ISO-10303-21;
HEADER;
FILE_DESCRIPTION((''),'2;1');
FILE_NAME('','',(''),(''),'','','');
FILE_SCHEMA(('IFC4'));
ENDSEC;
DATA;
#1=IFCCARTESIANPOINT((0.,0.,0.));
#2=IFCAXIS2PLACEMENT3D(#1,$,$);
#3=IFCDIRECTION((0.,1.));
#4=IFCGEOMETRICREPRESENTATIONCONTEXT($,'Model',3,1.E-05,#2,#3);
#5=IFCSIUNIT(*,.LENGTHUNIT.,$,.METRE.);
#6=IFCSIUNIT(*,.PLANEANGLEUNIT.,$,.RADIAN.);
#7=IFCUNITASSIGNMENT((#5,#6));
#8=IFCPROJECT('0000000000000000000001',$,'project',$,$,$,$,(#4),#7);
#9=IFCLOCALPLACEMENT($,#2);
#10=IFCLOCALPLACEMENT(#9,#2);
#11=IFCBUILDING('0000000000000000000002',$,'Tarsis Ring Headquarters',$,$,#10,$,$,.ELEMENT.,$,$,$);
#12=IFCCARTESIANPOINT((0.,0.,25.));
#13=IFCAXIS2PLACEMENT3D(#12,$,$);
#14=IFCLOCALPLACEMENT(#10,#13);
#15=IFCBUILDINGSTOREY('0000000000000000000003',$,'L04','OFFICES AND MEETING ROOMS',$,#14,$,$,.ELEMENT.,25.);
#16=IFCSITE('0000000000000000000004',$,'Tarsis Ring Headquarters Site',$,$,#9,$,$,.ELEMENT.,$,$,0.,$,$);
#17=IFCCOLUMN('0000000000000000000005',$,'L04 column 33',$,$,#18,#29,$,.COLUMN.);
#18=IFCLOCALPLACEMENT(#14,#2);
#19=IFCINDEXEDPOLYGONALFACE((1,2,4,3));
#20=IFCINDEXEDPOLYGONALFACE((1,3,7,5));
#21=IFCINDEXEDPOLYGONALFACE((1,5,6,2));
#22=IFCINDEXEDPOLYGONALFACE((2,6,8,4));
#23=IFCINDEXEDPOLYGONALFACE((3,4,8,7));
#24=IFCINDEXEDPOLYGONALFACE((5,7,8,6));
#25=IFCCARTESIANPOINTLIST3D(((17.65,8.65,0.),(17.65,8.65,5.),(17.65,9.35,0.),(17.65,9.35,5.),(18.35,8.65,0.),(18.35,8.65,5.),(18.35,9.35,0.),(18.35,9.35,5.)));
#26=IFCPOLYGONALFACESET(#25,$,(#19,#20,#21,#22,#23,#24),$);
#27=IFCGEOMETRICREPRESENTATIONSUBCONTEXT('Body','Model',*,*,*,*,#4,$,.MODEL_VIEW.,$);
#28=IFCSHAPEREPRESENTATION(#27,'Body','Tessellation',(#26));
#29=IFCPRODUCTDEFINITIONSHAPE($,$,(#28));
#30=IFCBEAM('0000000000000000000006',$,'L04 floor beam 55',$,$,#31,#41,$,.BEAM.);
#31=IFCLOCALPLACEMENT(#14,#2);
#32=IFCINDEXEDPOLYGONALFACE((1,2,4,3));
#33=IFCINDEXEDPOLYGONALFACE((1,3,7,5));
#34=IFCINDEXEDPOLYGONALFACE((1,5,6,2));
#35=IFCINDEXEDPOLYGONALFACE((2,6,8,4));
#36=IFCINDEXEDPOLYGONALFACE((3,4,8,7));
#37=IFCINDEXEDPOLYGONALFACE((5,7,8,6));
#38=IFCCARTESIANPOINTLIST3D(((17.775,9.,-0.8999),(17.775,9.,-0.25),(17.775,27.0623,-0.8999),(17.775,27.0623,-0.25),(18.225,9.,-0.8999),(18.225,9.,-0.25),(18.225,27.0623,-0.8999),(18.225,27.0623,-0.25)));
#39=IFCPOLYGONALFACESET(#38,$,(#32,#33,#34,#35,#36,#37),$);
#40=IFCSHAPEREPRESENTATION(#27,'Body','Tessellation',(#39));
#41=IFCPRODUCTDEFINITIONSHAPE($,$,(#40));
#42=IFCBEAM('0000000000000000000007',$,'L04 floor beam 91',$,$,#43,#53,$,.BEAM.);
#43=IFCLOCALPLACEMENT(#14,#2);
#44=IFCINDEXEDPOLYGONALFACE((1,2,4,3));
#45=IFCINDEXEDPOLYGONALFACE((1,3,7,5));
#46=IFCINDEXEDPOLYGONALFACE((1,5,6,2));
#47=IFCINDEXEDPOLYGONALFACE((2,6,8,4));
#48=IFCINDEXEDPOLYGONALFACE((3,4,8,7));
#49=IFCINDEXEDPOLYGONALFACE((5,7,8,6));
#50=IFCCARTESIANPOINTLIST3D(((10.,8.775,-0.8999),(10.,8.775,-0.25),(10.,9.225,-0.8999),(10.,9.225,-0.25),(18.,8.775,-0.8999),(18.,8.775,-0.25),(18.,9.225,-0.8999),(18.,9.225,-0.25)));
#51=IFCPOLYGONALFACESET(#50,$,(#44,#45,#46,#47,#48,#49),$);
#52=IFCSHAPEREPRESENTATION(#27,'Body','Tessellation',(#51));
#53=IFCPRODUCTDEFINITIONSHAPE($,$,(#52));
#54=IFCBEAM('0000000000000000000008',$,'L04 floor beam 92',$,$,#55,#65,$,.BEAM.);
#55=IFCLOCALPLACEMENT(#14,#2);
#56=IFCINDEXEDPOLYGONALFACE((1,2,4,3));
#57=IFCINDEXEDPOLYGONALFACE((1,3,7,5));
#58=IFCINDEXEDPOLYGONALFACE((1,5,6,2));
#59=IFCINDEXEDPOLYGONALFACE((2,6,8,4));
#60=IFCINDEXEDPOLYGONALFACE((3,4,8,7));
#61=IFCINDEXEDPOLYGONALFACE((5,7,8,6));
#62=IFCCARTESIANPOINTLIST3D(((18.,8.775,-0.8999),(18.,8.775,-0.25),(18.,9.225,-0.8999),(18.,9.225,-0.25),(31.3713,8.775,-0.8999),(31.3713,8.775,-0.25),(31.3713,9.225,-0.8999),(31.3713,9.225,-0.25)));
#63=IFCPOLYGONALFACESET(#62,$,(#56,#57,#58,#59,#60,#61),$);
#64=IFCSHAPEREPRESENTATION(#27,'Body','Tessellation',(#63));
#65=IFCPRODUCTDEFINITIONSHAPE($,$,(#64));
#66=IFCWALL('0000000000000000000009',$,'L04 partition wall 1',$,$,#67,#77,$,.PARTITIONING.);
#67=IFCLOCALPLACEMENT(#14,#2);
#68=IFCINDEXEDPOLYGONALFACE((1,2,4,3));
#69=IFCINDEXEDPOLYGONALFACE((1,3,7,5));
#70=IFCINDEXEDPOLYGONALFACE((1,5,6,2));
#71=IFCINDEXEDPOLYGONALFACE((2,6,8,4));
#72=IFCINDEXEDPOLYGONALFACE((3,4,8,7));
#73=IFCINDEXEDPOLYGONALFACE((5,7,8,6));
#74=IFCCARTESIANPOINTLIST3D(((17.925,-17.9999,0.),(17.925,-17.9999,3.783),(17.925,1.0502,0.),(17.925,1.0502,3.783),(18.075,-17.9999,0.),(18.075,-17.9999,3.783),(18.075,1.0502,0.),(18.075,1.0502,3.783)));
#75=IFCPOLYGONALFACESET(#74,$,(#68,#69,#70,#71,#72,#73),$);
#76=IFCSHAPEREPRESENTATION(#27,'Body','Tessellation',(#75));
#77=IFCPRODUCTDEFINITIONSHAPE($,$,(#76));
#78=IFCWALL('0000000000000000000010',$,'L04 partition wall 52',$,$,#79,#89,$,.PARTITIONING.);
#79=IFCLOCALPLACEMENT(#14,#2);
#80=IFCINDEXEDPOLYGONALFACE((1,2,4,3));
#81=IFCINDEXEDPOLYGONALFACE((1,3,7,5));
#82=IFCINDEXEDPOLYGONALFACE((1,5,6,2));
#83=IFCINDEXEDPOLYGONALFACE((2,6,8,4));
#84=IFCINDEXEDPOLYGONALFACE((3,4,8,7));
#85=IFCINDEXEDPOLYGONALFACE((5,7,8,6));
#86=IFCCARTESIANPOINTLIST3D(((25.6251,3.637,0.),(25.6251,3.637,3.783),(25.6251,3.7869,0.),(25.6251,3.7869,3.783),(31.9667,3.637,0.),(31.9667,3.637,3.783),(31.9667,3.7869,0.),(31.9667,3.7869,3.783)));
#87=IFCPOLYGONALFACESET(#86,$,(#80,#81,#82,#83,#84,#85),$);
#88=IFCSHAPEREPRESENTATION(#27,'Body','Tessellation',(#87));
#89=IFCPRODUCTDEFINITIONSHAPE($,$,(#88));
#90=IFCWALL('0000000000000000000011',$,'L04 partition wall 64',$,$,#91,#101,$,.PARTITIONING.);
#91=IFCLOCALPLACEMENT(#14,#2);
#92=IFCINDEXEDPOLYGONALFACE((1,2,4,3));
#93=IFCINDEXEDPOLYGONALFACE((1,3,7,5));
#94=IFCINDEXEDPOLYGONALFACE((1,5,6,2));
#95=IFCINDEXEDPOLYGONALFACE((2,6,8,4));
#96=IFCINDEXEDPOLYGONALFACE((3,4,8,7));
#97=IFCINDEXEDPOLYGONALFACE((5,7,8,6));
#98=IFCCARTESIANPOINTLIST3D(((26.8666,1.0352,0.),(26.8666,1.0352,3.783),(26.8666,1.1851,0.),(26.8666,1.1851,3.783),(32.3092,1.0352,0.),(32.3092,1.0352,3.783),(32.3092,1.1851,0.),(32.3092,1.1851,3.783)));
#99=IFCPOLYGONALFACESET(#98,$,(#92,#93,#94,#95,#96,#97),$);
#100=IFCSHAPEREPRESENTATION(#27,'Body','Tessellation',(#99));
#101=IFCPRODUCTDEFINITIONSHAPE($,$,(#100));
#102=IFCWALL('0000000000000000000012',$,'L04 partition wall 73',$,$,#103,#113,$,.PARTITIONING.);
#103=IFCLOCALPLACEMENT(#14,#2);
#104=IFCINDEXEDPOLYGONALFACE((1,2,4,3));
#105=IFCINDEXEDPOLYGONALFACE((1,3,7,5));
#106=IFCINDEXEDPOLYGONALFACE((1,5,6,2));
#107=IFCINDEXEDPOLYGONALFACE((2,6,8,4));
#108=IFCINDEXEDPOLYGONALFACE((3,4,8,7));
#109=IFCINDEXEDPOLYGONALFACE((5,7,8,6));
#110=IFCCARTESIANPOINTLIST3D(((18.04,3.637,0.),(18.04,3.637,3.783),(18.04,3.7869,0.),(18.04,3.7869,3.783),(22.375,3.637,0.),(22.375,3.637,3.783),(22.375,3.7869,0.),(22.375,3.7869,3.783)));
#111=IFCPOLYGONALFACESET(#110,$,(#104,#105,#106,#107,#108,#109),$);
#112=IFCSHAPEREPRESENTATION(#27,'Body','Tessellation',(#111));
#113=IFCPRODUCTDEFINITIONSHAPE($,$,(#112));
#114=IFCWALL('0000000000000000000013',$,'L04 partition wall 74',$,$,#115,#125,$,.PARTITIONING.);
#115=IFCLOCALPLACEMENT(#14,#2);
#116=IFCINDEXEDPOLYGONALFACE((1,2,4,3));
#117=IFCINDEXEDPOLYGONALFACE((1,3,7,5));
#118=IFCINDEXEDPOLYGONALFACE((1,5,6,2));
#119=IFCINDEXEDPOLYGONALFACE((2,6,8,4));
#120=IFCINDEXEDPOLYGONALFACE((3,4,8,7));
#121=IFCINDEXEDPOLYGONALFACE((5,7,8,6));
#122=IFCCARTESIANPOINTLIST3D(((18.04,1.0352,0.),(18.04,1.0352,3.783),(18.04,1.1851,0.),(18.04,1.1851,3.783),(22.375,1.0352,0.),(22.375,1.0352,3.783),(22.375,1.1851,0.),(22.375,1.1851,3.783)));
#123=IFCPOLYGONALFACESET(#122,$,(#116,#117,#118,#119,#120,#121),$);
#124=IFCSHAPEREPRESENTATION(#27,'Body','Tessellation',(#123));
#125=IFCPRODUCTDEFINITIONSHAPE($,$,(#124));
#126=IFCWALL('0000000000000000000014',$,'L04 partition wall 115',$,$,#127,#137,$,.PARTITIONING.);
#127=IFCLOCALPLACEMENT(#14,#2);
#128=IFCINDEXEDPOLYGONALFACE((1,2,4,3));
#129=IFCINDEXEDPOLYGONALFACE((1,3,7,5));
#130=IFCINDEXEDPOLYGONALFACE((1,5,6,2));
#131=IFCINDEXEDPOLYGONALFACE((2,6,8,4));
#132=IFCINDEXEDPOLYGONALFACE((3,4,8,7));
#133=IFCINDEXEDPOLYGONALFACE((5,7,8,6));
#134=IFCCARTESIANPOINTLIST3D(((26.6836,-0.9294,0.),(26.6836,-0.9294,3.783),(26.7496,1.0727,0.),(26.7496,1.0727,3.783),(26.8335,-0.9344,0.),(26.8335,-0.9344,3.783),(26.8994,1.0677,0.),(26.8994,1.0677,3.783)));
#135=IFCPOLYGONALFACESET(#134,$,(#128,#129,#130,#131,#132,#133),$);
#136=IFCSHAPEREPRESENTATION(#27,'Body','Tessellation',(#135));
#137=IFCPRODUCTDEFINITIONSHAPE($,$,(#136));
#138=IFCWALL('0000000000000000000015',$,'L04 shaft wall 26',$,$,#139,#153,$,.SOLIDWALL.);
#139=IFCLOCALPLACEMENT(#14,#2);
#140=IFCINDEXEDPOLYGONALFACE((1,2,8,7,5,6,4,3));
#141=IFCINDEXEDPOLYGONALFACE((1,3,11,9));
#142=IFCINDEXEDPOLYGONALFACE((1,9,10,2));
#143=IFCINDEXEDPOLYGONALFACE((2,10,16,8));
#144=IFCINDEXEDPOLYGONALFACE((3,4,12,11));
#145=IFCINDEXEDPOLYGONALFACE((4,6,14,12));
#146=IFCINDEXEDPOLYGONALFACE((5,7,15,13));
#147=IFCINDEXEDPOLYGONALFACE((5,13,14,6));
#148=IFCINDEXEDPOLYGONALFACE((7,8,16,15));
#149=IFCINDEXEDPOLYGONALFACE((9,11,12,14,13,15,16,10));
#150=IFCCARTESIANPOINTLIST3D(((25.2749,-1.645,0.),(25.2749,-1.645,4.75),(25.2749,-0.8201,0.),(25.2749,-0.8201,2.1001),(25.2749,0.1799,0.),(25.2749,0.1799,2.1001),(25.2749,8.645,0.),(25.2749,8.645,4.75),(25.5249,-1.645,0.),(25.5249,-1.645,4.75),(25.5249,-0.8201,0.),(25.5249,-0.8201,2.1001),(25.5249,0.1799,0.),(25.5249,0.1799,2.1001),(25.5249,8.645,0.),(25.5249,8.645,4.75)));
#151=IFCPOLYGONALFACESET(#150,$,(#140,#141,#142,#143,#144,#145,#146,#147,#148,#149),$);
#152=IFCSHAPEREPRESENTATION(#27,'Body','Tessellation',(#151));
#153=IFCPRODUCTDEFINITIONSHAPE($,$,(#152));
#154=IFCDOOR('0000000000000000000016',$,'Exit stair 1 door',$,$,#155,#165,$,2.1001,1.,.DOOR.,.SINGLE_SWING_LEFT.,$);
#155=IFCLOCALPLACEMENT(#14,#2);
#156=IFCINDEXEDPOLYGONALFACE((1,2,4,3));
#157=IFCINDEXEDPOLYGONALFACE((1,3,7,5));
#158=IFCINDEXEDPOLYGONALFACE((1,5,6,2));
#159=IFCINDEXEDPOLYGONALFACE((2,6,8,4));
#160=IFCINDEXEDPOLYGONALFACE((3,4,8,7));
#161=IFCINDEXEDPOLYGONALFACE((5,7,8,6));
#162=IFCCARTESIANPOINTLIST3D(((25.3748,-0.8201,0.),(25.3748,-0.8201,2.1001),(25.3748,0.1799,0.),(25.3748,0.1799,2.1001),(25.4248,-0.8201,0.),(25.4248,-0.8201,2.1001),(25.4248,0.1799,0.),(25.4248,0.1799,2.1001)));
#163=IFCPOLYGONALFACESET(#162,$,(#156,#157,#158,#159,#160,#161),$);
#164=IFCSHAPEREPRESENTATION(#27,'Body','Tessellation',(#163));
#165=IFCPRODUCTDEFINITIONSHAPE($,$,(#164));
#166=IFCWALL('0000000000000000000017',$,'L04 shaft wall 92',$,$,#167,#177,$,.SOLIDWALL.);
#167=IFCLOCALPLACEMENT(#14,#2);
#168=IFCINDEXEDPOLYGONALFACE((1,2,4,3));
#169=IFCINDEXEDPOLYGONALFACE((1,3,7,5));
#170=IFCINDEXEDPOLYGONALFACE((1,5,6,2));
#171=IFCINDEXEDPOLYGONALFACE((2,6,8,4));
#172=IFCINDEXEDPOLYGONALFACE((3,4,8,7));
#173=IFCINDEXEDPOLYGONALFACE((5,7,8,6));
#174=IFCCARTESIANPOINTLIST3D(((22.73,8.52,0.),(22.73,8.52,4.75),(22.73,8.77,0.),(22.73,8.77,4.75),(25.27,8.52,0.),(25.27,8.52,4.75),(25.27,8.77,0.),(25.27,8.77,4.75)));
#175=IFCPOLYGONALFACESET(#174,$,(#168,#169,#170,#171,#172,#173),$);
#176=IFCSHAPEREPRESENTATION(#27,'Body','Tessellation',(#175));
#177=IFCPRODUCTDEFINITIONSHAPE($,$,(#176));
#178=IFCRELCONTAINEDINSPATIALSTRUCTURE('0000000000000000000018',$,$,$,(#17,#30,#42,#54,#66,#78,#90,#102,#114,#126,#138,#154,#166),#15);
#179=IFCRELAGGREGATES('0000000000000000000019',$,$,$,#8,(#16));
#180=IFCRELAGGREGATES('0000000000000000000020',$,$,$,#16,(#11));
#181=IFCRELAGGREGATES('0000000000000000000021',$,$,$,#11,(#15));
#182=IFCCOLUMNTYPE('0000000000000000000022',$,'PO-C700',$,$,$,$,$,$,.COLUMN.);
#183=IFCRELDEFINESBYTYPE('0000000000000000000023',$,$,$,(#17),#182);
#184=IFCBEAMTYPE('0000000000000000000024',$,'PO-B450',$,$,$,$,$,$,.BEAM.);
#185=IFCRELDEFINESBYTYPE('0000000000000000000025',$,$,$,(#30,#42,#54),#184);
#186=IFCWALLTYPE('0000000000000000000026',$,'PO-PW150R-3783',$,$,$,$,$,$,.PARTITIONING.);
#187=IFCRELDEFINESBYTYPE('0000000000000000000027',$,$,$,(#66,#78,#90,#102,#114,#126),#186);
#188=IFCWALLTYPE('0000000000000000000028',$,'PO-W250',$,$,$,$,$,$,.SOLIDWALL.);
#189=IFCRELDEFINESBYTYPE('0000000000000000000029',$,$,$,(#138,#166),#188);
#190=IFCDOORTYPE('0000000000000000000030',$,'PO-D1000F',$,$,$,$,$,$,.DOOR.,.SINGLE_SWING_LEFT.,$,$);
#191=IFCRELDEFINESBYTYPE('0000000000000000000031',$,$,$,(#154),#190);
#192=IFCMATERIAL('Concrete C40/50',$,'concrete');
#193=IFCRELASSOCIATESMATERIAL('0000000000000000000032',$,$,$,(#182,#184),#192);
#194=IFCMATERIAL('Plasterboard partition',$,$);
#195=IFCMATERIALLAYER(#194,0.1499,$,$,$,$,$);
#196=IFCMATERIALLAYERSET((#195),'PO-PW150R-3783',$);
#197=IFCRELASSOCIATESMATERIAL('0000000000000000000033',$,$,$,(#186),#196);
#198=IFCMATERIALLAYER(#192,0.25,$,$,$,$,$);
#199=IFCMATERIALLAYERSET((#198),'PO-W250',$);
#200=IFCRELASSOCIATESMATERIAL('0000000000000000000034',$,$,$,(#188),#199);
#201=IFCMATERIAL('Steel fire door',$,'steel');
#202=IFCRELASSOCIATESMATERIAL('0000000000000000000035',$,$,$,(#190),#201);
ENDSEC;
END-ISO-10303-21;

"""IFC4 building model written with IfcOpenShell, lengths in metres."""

from ifc_helpers import new_model, si_unit, direction, frame, frame_2d, origin, origin_2d, place, context, subcontext, project, spatial, rectangle, extrude, material, layer, layer_set, material_profile, profile_set, type_object, element, fill, save


model = new_model("IFC4")

# Units and contexts
model_context = context("Model", 3, precision=1e-05, world=origin(), true_north=direction((0.0, 1.0)))
body_context = subcontext(model_context, "Body", "Model", "MODEL_VIEW")
ifc_project = project(units=[si_unit("LENGTHUNIT", "METRE"), si_unit("PLANEANGLEUNIT", "RADIAN")], contexts=[model_context])

# Site, building, storey
site_placement = place(None, origin())
site = spatial("IfcSite", under=ifc_project, at=site_placement, Name="Tarsis Ring Headquarters Site", CompositionType="ELEMENT", RefElevation=0.0)
building_placement = place(site_placement, origin())
building = spatial("IfcBuilding", under=site, at=building_placement, Name="Tarsis Ring Headquarters", CompositionType="ELEMENT")
storey_placement = place(building_placement, frame((0.0, 0.0, 25.0)))
storey = spatial("IfcBuildingStorey", under=building, at=storey_placement, Name="L04", Description="OFFICES AND MEETING ROOMS", CompositionType="ELEMENT", Elevation=25.0)

# Column
ifc_material_1 = material(Name="Concrete C40/50", Category="concrete")
ifc_material_profile_1 = material_profile(ifc_material_1, rectangle(XDim=0.7, YDim=0.7, at=origin_2d()), Name="PO-C700")
ifc_profile_set_1 = profile_set([ifc_material_profile_1], Name="Concrete C40/50")
column_type = type_object("IfcColumnType", Name="PO-C700", PredefinedType="COLUMN", material=ifc_profile_set_1)
column_placement = place(storey_placement, frame((18.0, 9.0, 0.0), z_axis=(0.0, 0.0, 1.0), x_axis=(1.0, 0.0, 0.0)))
element("IfcColumn", 1, at=column_placement, inside=storey, type_object=column_type, Name="L04 column 33", PredefinedType="COLUMN", context=body_context, shape_type="SweptSolid", body=[
    extrude(rectangle(XDim=0.7, YDim=0.7, at=origin_2d()), origin(), (0.0, 0.0, 1.0), 5.0),
])

# Beams
ifc_material_profile_2 = material_profile(ifc_material_1, rectangle(XDim=0.45, YDim=0.6499, at=origin_2d()), Name="PO-B450")
ifc_profile_set_2 = profile_set([ifc_material_profile_2], Name="Concrete C40/50")
beam_type = type_object("IfcBeamType", Name="PO-B450", PredefinedType="BEAM", material=ifc_profile_set_2)
beam_1_placement = place(storey_placement, frame((18.0, 9.0, -0.575), z_axis=(0.0, 1.0, 0.0), x_axis=(-1.0, 0.0, 0.0)))
element("IfcBeam", 2, at=beam_1_placement, inside=storey, type_object=beam_type, Name="L04 floor beam 55", PredefinedType="BEAM", context=body_context, shape_type="SweptSolid", body=[
    extrude(rectangle(XDim=0.45, YDim=0.6499, at=origin_2d()), origin(), (0.0, 0.0, 1.0), 18.0623),
])
beam_2_placement = place(storey_placement, frame((10.0, 9.0, -0.575), z_axis=(1.0, 0.0, 0.0), x_axis=(0.0, 1.0, 0.0)))
element("IfcBeam", 3, at=beam_2_placement, inside=storey, type_object=beam_type, Name="L04 floor beam 91", PredefinedType="BEAM", context=body_context, shape_type="SweptSolid", body=[
    extrude(rectangle(XDim=0.45, YDim=0.6499, at=origin_2d()), origin(), (0.0, 0.0, 1.0), 8.0),
])
beam_3_placement = place(storey_placement, frame((18.0, 9.0, -0.575), z_axis=(1.0, 0.0, 0.0), x_axis=(0.0, 1.0, 0.0)))
element("IfcBeam", 4, at=beam_3_placement, inside=storey, type_object=beam_type, Name="L04 floor beam 92", PredefinedType="BEAM", context=body_context, shape_type="SweptSolid", body=[
    extrude(rectangle(XDim=0.45, YDim=0.6499, at=origin_2d()), origin(), (0.0, 0.0, 1.0), 13.3713),
])

# Walls
ifc_material_2 = material(Name="Plasterboard partition")
ifc_layer_1 = layer(ifc_material_2, 0.1499)
ifc_layer_set_1 = layer_set([ifc_layer_1], Name="PO-PW150R-3783")
wall_type_1 = type_object("IfcWallType", Name="PO-PW150R-3783", PredefinedType="PARTITIONING", material=ifc_layer_set_1)
wall_1_placement = place(storey_placement, frame((18.0, 1.05, 0.0), z_axis=(0.0, 0.0, 1.0), x_axis=(0.0, -1.0, 0.0)))
element("IfcWall", 5, at=wall_1_placement, inside=storey, type_object=wall_type_1, Name="L04 partition wall 1", PredefinedType="PARTITIONING", context=body_context, shape_type="SweptSolid", body=[
    extrude(rectangle(XDim=19.05, YDim=0.1499, at=frame_2d((9.5249, 0.0))), origin(), (0.0, 0.0, 1.0), 3.783),
])
wall_2_placement = place(storey_placement, frame((25.625, 3.7119, 0.0), z_axis=(0.0, 0.0, 1.0), x_axis=(1.0, 0.0, 0.0)))
element("IfcWall", 6, at=wall_2_placement, inside=storey, type_object=wall_type_1, Name="L04 partition wall 52", PredefinedType="PARTITIONING", context=body_context, shape_type="SweptSolid", body=[
    extrude(rectangle(XDim=6.3416, YDim=0.1499, at=frame_2d((3.1709, 0.0))), origin(), (0.0, 0.0, 1.0), 3.783),
])
wall_3_placement = place(storey_placement, frame((32.3091, 1.1101, 0.0), z_axis=(0.0, 0.0, 1.0), x_axis=(-1.0, 0.0, 0.0)))
element("IfcWall", 7, at=wall_3_placement, inside=storey, type_object=wall_type_1, Name="L04 partition wall 64", PredefinedType="PARTITIONING", context=body_context, shape_type="SweptSolid", body=[
    extrude(rectangle(XDim=5.4426, YDim=0.1499, at=frame_2d((2.7212, 0.0))), origin(), (0.0, 0.0, 1.0), 3.783),
])
for number, where, z_axis, x_axis, name in (
    (8, (18.04, 3.7119, 0.0), (0.0, 0.0, 1.0), (1.0, 0.0, 0.0), "L04 partition wall 73"),
    (9, (22.375, 1.1101, 0.0), (0.0, 0.0, 1.0), (-1.0, 0.0, 0.0), "L04 partition wall 74"),
):
    element("IfcWall", number, at=place(storey_placement, frame(where, z_axis=z_axis, x_axis=x_axis)), inside=storey, type_object=wall_type_1, Name=name, PredefinedType="PARTITIONING", context=body_context, shape_type="SweptSolid", body=[
        extrude(rectangle(XDim=4.335, YDim=0.1499, at=frame_2d((2.1675, 0.0))), origin(), (0.0, 0.0, 1.0), 3.783),
    ])
wall_4_placement = place(storey_placement, frame((26.8245, 1.0701, 0.0), z_axis=(0.0, 0.0, 1.0), x_axis=(-0.032905, -0.999458, 0.0)))
element("IfcWall", 10, at=wall_4_placement, inside=storey, type_object=wall_type_1, Name="L04 partition wall 115", PredefinedType="PARTITIONING", context=body_context, shape_type="SweptSolid", body=[
    extrude(rectangle(XDim=2.0032, YDim=0.1499, at=frame_2d((1.0015, 0.0))), origin(), (0.0, 0.0, 1.0), 3.783),
])

# Wall, opening, door
ifc_layer_2 = layer(ifc_material_1, 0.25)
ifc_layer_set_2 = layer_set([ifc_layer_2], Name="PO-W250")
wall_type_2 = type_object("IfcWallType", Name="PO-W250", PredefinedType="SOLIDWALL", material=ifc_layer_set_2)
wall_5_placement = place(storey_placement, frame((25.3999, 8.645, 0.0), z_axis=(0.0, 0.0, 1.0), x_axis=(0.0, -1.0, 0.0)))
wall_5 = element("IfcWall", 11, at=wall_5_placement, inside=storey, type_object=wall_type_2, Name="L04 shaft wall 26", PredefinedType="SOLIDWALL", context=body_context, shape_type="SweptSolid", body=[
    extrude(rectangle(XDim=10.29, YDim=0.25, at=frame_2d((5.145, 0.0))), origin(), (0.0, 0.0, 1.0), 4.75),
])
opening_1_placement = place(wall_5_placement, frame((8.4651, 0.0, 0.0)))
opening_1 = element("IfcOpeningElement", 12, at=opening_1_placement, cuts=wall_5, PredefinedType="OPENING", context=body_context, shape_type="SweptSolid", body=[
    extrude(rectangle(XDim=1.0, YDim=2.1001, at=frame_2d((0.5, 1.05))), frame((0.0, 0.135, 0.0), z_axis=(0.0, -1.0, 0.0), x_axis=(1.0, 0.0, 0.0)), (0.0, 0.0, 1.0), 0.27),
])
ifc_material_3 = material(Name="Steel fire door", Category="steel")
door_type = type_object("IfcDoorType", Name="PO-D1000F", OperationType="SINGLE_SWING_LEFT", PredefinedType="DOOR", material=ifc_material_3)
door_placement = place(opening_1_placement, origin())
door = element("IfcDoor", 13, at=door_placement, inside=storey, type_object=door_type, Name="Exit stair 1 door", OperationType="SINGLE_SWING_LEFT", OverallHeight=2.1001, OverallWidth=1.0, PredefinedType="DOOR", context=body_context, shape_type="SweptSolid", body=[
    extrude(rectangle(XDim=1.0, YDim=2.1001, at=frame_2d((0.5, 1.05))), frame((0.0, 0.0249, 0.0), z_axis=(0.0, -1.0, 0.0), x_axis=(1.0, 0.0, 0.0)), (0.0, 0.0, 1.0), 0.05),
])
fill(opening_1, door)

# Wall
wall_6_placement = place(storey_placement, frame((22.73, 8.645, 0.0), z_axis=(0.0, 0.0, 1.0), x_axis=(1.0, 0.0, 0.0)))
element("IfcWall", 14, at=wall_6_placement, inside=storey, type_object=wall_type_2, Name="L04 shaft wall 92", PredefinedType="SOLIDWALL", context=body_context, shape_type="SweptSolid", body=[
    extrude(rectangle(XDim=2.54, YDim=0.25, at=frame_2d((1.27, 0.0))), origin(), (0.0, 0.0, 1.0), 4.75),
])

save(model, "model.ifc")
